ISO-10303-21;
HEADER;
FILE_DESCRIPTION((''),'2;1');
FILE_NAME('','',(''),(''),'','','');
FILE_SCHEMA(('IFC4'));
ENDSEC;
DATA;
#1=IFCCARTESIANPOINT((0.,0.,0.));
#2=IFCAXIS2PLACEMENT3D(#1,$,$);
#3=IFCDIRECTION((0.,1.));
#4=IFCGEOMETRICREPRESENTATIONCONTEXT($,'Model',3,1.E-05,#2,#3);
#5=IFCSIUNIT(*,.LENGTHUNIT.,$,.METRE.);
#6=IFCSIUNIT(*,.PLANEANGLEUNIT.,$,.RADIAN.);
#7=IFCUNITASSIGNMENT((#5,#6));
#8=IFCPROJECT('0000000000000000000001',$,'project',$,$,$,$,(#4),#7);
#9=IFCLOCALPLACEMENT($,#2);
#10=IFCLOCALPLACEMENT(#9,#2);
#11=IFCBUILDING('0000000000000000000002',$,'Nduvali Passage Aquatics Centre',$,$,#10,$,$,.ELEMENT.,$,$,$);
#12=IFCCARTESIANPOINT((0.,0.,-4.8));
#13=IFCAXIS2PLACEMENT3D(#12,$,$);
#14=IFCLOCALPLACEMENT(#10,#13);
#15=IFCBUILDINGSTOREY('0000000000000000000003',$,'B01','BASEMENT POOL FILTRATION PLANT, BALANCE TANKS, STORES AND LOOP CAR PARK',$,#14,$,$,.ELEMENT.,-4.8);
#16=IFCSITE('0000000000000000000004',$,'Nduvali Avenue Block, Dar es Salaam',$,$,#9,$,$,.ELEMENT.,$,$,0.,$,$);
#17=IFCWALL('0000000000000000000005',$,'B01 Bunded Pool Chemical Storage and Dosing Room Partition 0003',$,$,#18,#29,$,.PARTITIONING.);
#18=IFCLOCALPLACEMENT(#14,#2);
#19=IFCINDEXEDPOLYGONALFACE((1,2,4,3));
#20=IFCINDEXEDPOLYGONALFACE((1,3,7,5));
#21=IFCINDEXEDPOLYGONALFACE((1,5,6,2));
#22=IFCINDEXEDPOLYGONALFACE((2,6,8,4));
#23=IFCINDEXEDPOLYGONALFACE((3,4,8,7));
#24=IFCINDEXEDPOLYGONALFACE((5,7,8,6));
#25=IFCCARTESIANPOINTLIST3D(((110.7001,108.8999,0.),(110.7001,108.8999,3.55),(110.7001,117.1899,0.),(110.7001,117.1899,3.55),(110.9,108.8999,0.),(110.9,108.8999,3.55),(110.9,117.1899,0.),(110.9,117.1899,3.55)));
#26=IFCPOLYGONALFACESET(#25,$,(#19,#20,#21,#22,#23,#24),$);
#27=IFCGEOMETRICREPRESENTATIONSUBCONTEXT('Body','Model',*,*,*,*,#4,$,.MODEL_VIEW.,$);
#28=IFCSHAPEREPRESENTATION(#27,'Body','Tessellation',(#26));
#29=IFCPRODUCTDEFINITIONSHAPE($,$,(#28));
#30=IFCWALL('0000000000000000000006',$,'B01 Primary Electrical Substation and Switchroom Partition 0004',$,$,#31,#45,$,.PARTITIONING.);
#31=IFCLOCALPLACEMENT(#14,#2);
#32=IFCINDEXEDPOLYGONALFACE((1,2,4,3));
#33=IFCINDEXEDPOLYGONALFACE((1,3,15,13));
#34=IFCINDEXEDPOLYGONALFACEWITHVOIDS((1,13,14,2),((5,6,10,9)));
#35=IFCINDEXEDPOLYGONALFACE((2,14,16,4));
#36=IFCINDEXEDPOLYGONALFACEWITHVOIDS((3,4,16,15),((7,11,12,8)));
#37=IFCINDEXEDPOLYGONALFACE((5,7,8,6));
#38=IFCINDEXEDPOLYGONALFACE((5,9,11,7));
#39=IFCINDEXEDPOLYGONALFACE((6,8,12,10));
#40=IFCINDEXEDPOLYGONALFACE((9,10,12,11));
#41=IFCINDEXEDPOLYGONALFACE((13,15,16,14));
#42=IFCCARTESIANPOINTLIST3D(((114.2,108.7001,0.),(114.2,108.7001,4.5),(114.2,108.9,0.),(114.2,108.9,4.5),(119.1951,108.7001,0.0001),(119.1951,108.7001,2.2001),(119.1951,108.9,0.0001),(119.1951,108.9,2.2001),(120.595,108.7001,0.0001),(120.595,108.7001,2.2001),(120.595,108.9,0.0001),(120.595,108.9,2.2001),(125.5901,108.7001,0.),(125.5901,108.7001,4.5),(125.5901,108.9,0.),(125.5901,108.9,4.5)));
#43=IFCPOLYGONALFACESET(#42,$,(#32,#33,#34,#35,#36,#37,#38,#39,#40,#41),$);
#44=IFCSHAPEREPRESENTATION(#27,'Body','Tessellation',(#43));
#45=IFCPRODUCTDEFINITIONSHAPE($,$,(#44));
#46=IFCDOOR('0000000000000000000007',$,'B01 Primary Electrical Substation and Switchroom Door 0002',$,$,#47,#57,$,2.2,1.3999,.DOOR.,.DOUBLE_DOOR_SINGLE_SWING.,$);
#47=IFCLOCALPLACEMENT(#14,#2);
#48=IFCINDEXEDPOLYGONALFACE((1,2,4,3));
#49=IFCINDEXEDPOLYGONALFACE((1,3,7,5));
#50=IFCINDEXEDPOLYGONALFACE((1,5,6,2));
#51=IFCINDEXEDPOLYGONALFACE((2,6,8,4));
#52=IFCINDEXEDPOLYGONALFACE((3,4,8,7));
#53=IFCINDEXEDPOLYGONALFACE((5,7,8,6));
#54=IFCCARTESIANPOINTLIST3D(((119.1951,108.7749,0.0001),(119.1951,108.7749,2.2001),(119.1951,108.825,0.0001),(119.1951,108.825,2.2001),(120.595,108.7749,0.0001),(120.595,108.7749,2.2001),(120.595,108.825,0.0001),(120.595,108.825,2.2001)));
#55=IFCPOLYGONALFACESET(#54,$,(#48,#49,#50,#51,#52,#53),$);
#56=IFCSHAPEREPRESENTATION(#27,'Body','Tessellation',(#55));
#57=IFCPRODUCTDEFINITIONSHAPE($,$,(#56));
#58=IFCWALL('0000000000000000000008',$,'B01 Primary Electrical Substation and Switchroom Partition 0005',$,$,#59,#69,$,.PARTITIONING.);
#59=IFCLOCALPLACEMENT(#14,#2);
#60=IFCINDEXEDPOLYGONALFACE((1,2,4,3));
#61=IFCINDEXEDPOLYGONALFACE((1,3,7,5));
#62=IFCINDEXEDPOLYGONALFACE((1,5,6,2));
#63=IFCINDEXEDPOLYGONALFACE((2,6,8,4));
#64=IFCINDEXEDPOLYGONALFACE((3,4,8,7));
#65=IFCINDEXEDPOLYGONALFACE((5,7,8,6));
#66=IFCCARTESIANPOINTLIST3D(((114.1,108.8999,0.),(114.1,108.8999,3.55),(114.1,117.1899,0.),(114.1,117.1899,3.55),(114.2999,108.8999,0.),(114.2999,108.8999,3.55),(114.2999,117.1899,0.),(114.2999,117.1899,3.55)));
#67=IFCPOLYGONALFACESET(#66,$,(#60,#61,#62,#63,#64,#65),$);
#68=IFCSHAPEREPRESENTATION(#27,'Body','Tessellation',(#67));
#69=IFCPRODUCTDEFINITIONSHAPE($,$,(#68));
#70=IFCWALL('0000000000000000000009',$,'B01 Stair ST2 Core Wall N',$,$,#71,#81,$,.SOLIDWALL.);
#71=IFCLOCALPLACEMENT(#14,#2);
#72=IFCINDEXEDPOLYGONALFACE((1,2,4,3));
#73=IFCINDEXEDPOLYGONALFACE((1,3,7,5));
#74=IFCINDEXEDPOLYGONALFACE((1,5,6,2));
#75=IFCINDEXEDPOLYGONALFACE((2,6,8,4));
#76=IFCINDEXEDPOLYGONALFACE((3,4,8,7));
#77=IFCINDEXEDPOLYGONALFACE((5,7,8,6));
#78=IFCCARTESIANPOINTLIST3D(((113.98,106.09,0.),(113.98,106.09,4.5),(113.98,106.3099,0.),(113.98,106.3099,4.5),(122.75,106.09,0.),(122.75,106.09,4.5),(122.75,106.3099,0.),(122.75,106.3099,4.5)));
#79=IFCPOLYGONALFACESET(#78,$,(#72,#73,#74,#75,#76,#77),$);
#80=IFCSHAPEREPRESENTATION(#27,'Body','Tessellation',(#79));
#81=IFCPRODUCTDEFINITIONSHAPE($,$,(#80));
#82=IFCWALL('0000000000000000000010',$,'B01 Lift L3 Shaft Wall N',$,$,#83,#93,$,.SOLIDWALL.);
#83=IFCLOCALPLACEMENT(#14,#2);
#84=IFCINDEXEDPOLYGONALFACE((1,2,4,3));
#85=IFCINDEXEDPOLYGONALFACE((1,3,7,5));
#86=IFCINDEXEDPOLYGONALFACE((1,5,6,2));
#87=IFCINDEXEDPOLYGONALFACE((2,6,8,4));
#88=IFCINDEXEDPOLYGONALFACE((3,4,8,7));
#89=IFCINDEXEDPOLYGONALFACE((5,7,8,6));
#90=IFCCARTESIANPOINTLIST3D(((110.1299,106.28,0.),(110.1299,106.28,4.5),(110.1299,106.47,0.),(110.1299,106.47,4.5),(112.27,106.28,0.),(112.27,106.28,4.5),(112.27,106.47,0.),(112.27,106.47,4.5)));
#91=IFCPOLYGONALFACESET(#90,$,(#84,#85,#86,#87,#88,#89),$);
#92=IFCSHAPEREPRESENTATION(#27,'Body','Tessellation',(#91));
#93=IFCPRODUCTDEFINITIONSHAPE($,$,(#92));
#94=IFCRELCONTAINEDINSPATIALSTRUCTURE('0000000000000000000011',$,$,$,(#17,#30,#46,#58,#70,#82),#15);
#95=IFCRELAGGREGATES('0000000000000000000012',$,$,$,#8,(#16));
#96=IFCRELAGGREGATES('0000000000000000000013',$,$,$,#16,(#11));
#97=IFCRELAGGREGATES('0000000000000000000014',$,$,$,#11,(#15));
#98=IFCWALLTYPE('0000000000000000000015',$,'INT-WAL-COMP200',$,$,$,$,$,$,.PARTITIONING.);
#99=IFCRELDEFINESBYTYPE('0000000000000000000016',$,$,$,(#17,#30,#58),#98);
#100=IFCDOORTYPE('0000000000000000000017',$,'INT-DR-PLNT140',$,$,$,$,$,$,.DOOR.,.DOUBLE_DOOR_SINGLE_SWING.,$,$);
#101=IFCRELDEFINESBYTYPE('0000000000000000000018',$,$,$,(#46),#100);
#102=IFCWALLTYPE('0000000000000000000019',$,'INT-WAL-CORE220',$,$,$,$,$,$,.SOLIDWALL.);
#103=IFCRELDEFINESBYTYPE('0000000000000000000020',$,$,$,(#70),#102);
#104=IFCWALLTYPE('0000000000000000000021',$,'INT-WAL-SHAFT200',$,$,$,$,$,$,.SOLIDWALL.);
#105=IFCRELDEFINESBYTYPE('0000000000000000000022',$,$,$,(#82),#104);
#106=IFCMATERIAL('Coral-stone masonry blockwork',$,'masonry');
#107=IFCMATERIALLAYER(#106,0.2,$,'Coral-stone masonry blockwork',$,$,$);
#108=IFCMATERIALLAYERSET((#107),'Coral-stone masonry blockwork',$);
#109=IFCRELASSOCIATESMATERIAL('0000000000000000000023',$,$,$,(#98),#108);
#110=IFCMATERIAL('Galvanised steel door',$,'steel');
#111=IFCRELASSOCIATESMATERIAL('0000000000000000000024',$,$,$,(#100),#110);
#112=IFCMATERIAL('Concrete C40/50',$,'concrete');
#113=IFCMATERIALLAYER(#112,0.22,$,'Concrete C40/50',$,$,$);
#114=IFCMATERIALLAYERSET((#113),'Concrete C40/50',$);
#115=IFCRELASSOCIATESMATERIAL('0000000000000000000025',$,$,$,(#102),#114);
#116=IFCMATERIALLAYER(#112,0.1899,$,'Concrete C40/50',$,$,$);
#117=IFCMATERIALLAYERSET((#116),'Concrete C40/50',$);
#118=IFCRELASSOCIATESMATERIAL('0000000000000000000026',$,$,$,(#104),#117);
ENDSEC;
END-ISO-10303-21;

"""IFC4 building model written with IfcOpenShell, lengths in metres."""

from ifc_helpers import new_model, si_unit, direction, frame, frame_2d, origin, place, context, subcontext, project, spatial, rectangle, extrude, material, layer, layer_set, type_object, element, fill, save


model = new_model("IFC4")

# Units and contexts
model_context = context("Model", 3, precision=1e-05, world=origin(), true_north=direction((0.0, 1.0)))
body_context = subcontext(model_context, "Body", "Model", "MODEL_VIEW")
ifc_project = project(units=[si_unit("LENGTHUNIT", "METRE"), si_unit("PLANEANGLEUNIT", "RADIAN")], contexts=[model_context])

# Site, building, storey
site_placement = place(None, origin())
site = spatial("IfcSite", under=ifc_project, at=site_placement, Name="Nduvali Avenue Block, Dar es Salaam", CompositionType="ELEMENT", RefElevation=0.0)
building_placement = place(site_placement, origin())
building = spatial("IfcBuilding", under=site, at=building_placement, Name="Nduvali Passage Aquatics Centre", CompositionType="ELEMENT")
storey_placement = place(building_placement, frame((0.0, 0.0, -4.8)))
storey = spatial("IfcBuildingStorey", under=building, at=storey_placement, Name="B01", Description="BASEMENT POOL FILTRATION PLANT, BALANCE TANKS, STORES AND LOOP CAR PARK", CompositionType="ELEMENT", Elevation=-4.8)

# Shared definitions
ifc_material_1 = material(Name="Concrete C40/50", Category="concrete")

# Wall
ifc_material_2 = material(Name="Coral-stone masonry blockwork", Category="masonry")
ifc_layer_1 = layer(ifc_material_2, 0.2, Name="Coral-stone masonry blockwork")
ifc_layer_set_1 = layer_set([ifc_layer_1], Name="Coral-stone masonry blockwork")
wall_type_1 = type_object("IfcWallType", Name="INT-WAL-COMP200", PredefinedType="PARTITIONING", material=ifc_layer_set_1)
wall_1_placement = place(storey_placement, frame((110.8, 108.8999, 0.0), z_axis=(0.0, 0.0, 1.0), x_axis=(0.0, 1.0, 0.0)))
element("IfcWall", 1, at=wall_1_placement, inside=storey, type_object=wall_type_1, Name="B01 Bunded Pool Chemical Storage and Dosing Room Partition 0003", PredefinedType="PARTITIONING", context=body_context, shape_type="SweptSolid", body=[
    extrude(rectangle(XDim=8.29, YDim=0.2, at=frame_2d((4.145, 0.0))), origin(), (0.0, 0.0, 1.0), 3.55),
])

# Wall, opening, door
wall_2_placement = place(storey_placement, frame((114.2, 108.8, 0.0), z_axis=(0.0, 0.0, 1.0), x_axis=(1.0, 0.0, 0.0)))
wall_2 = element("IfcWall", 2, at=wall_2_placement, inside=storey, type_object=wall_type_1, Name="B01 Primary Electrical Substation and Switchroom Partition 0004", PredefinedType="PARTITIONING", context=body_context, shape_type="SweptSolid", body=[
    extrude(rectangle(XDim=11.3901, YDim=0.2, at=frame_2d((5.6951, 0.0))), origin(), (0.0, 0.0, 1.0), 4.5),
])
opening_placement = place(wall_2_placement, frame((4.9951, 0.0, 0.0)))
opening = element("IfcOpeningElement", 3, at=opening_placement, cuts=wall_2, PredefinedType="OPENING", context=body_context, shape_type="SweptSolid", body=[
    extrude(rectangle(XDim=1.3999, YDim=2.2, at=frame_2d((0.7, 1.1001))), frame((0.0, 0.1147, 0.0), z_axis=(0.0, -1.0, 0.0), x_axis=(1.0, 0.0, 0.0)), (0.0, 0.0, 1.0), 0.2297),
])
ifc_material_3 = material(Name="Galvanised steel door", Category="steel")
door_type = type_object("IfcDoorType", Name="INT-DR-PLNT140", OperationType="DOUBLE_DOOR_SINGLE_SWING", PredefinedType="DOOR", material=ifc_material_3)
door_placement = place(opening_placement, origin())
door = element("IfcDoor", 4, at=door_placement, inside=storey, type_object=door_type, Name="B01 Primary Electrical Substation and Switchroom Door 0002", OperationType="DOUBLE_DOOR_SINGLE_SWING", OverallHeight=2.2, OverallWidth=1.3999, PredefinedType="DOOR", context=body_context, shape_type="SweptSolid", body=[
    extrude(rectangle(XDim=1.3999, YDim=2.2, at=frame_2d((0.7, 1.1001))), frame((0.0, 0.0249, 0.0), z_axis=(0.0, -1.0, 0.0), x_axis=(1.0, 0.0, 0.0)), (0.0, 0.0, 1.0), 0.05),
])
fill(opening, door)

# Walls
wall_3_placement = place(storey_placement, frame((114.2, 108.8999, 0.0), z_axis=(0.0, 0.0, 1.0), x_axis=(0.0, 1.0, 0.0)))
element("IfcWall", 5, at=wall_3_placement, inside=storey, type_object=wall_type_1, Name="B01 Primary Electrical Substation and Switchroom Partition 0005", PredefinedType="PARTITIONING", context=body_context, shape_type="SweptSolid", body=[
    extrude(rectangle(XDim=8.29, YDim=0.2, at=frame_2d((4.145, 0.0))), origin(), (0.0, 0.0, 1.0), 3.55),
])
ifc_layer_2 = layer(ifc_material_1, 0.22, Name="Concrete C40/50")
ifc_layer_set_2 = layer_set([ifc_layer_2], Name="Concrete C40/50")
wall_type_2 = type_object("IfcWallType", Name="INT-WAL-CORE220", PredefinedType="SOLIDWALL", material=ifc_layer_set_2)
wall_4_placement = place(storey_placement, frame((122.75, 106.2, 0.0), z_axis=(0.0, 0.0, 1.0), x_axis=(-1.0, 0.0, 0.0)))
element("IfcWall", 6, at=wall_4_placement, inside=storey, type_object=wall_type_2, Name="B01 Stair ST2 Core Wall N", PredefinedType="SOLIDWALL", context=body_context, shape_type="SweptSolid", body=[
    extrude(rectangle(XDim=8.77, YDim=0.22, at=frame_2d((4.385, 0.0))), origin(), (0.0, 0.0, 1.0), 4.5),
])
ifc_layer_3 = layer(ifc_material_1, 0.1899, Name="Concrete C40/50")
ifc_layer_set_3 = layer_set([ifc_layer_3], Name="Concrete C40/50")
wall_type_3 = type_object("IfcWallType", Name="INT-WAL-SHAFT200", PredefinedType="SOLIDWALL", material=ifc_layer_set_3)
wall_5_placement = place(storey_placement, frame((112.27, 106.375, 0.0), z_axis=(0.0, 0.0, 1.0), x_axis=(-1.0, 0.0, 0.0)))
element("IfcWall", 7, at=wall_5_placement, inside=storey, type_object=wall_type_3, Name="B01 Lift L3 Shaft Wall N", PredefinedType="SOLIDWALL", context=body_context, shape_type="SweptSolid", body=[
    extrude(rectangle(XDim=2.1401, YDim=0.1899, at=frame_2d((1.0701, 0.0))), origin(), (0.0, 0.0, 1.0), 4.5),
])

save(model, "model.ifc")
